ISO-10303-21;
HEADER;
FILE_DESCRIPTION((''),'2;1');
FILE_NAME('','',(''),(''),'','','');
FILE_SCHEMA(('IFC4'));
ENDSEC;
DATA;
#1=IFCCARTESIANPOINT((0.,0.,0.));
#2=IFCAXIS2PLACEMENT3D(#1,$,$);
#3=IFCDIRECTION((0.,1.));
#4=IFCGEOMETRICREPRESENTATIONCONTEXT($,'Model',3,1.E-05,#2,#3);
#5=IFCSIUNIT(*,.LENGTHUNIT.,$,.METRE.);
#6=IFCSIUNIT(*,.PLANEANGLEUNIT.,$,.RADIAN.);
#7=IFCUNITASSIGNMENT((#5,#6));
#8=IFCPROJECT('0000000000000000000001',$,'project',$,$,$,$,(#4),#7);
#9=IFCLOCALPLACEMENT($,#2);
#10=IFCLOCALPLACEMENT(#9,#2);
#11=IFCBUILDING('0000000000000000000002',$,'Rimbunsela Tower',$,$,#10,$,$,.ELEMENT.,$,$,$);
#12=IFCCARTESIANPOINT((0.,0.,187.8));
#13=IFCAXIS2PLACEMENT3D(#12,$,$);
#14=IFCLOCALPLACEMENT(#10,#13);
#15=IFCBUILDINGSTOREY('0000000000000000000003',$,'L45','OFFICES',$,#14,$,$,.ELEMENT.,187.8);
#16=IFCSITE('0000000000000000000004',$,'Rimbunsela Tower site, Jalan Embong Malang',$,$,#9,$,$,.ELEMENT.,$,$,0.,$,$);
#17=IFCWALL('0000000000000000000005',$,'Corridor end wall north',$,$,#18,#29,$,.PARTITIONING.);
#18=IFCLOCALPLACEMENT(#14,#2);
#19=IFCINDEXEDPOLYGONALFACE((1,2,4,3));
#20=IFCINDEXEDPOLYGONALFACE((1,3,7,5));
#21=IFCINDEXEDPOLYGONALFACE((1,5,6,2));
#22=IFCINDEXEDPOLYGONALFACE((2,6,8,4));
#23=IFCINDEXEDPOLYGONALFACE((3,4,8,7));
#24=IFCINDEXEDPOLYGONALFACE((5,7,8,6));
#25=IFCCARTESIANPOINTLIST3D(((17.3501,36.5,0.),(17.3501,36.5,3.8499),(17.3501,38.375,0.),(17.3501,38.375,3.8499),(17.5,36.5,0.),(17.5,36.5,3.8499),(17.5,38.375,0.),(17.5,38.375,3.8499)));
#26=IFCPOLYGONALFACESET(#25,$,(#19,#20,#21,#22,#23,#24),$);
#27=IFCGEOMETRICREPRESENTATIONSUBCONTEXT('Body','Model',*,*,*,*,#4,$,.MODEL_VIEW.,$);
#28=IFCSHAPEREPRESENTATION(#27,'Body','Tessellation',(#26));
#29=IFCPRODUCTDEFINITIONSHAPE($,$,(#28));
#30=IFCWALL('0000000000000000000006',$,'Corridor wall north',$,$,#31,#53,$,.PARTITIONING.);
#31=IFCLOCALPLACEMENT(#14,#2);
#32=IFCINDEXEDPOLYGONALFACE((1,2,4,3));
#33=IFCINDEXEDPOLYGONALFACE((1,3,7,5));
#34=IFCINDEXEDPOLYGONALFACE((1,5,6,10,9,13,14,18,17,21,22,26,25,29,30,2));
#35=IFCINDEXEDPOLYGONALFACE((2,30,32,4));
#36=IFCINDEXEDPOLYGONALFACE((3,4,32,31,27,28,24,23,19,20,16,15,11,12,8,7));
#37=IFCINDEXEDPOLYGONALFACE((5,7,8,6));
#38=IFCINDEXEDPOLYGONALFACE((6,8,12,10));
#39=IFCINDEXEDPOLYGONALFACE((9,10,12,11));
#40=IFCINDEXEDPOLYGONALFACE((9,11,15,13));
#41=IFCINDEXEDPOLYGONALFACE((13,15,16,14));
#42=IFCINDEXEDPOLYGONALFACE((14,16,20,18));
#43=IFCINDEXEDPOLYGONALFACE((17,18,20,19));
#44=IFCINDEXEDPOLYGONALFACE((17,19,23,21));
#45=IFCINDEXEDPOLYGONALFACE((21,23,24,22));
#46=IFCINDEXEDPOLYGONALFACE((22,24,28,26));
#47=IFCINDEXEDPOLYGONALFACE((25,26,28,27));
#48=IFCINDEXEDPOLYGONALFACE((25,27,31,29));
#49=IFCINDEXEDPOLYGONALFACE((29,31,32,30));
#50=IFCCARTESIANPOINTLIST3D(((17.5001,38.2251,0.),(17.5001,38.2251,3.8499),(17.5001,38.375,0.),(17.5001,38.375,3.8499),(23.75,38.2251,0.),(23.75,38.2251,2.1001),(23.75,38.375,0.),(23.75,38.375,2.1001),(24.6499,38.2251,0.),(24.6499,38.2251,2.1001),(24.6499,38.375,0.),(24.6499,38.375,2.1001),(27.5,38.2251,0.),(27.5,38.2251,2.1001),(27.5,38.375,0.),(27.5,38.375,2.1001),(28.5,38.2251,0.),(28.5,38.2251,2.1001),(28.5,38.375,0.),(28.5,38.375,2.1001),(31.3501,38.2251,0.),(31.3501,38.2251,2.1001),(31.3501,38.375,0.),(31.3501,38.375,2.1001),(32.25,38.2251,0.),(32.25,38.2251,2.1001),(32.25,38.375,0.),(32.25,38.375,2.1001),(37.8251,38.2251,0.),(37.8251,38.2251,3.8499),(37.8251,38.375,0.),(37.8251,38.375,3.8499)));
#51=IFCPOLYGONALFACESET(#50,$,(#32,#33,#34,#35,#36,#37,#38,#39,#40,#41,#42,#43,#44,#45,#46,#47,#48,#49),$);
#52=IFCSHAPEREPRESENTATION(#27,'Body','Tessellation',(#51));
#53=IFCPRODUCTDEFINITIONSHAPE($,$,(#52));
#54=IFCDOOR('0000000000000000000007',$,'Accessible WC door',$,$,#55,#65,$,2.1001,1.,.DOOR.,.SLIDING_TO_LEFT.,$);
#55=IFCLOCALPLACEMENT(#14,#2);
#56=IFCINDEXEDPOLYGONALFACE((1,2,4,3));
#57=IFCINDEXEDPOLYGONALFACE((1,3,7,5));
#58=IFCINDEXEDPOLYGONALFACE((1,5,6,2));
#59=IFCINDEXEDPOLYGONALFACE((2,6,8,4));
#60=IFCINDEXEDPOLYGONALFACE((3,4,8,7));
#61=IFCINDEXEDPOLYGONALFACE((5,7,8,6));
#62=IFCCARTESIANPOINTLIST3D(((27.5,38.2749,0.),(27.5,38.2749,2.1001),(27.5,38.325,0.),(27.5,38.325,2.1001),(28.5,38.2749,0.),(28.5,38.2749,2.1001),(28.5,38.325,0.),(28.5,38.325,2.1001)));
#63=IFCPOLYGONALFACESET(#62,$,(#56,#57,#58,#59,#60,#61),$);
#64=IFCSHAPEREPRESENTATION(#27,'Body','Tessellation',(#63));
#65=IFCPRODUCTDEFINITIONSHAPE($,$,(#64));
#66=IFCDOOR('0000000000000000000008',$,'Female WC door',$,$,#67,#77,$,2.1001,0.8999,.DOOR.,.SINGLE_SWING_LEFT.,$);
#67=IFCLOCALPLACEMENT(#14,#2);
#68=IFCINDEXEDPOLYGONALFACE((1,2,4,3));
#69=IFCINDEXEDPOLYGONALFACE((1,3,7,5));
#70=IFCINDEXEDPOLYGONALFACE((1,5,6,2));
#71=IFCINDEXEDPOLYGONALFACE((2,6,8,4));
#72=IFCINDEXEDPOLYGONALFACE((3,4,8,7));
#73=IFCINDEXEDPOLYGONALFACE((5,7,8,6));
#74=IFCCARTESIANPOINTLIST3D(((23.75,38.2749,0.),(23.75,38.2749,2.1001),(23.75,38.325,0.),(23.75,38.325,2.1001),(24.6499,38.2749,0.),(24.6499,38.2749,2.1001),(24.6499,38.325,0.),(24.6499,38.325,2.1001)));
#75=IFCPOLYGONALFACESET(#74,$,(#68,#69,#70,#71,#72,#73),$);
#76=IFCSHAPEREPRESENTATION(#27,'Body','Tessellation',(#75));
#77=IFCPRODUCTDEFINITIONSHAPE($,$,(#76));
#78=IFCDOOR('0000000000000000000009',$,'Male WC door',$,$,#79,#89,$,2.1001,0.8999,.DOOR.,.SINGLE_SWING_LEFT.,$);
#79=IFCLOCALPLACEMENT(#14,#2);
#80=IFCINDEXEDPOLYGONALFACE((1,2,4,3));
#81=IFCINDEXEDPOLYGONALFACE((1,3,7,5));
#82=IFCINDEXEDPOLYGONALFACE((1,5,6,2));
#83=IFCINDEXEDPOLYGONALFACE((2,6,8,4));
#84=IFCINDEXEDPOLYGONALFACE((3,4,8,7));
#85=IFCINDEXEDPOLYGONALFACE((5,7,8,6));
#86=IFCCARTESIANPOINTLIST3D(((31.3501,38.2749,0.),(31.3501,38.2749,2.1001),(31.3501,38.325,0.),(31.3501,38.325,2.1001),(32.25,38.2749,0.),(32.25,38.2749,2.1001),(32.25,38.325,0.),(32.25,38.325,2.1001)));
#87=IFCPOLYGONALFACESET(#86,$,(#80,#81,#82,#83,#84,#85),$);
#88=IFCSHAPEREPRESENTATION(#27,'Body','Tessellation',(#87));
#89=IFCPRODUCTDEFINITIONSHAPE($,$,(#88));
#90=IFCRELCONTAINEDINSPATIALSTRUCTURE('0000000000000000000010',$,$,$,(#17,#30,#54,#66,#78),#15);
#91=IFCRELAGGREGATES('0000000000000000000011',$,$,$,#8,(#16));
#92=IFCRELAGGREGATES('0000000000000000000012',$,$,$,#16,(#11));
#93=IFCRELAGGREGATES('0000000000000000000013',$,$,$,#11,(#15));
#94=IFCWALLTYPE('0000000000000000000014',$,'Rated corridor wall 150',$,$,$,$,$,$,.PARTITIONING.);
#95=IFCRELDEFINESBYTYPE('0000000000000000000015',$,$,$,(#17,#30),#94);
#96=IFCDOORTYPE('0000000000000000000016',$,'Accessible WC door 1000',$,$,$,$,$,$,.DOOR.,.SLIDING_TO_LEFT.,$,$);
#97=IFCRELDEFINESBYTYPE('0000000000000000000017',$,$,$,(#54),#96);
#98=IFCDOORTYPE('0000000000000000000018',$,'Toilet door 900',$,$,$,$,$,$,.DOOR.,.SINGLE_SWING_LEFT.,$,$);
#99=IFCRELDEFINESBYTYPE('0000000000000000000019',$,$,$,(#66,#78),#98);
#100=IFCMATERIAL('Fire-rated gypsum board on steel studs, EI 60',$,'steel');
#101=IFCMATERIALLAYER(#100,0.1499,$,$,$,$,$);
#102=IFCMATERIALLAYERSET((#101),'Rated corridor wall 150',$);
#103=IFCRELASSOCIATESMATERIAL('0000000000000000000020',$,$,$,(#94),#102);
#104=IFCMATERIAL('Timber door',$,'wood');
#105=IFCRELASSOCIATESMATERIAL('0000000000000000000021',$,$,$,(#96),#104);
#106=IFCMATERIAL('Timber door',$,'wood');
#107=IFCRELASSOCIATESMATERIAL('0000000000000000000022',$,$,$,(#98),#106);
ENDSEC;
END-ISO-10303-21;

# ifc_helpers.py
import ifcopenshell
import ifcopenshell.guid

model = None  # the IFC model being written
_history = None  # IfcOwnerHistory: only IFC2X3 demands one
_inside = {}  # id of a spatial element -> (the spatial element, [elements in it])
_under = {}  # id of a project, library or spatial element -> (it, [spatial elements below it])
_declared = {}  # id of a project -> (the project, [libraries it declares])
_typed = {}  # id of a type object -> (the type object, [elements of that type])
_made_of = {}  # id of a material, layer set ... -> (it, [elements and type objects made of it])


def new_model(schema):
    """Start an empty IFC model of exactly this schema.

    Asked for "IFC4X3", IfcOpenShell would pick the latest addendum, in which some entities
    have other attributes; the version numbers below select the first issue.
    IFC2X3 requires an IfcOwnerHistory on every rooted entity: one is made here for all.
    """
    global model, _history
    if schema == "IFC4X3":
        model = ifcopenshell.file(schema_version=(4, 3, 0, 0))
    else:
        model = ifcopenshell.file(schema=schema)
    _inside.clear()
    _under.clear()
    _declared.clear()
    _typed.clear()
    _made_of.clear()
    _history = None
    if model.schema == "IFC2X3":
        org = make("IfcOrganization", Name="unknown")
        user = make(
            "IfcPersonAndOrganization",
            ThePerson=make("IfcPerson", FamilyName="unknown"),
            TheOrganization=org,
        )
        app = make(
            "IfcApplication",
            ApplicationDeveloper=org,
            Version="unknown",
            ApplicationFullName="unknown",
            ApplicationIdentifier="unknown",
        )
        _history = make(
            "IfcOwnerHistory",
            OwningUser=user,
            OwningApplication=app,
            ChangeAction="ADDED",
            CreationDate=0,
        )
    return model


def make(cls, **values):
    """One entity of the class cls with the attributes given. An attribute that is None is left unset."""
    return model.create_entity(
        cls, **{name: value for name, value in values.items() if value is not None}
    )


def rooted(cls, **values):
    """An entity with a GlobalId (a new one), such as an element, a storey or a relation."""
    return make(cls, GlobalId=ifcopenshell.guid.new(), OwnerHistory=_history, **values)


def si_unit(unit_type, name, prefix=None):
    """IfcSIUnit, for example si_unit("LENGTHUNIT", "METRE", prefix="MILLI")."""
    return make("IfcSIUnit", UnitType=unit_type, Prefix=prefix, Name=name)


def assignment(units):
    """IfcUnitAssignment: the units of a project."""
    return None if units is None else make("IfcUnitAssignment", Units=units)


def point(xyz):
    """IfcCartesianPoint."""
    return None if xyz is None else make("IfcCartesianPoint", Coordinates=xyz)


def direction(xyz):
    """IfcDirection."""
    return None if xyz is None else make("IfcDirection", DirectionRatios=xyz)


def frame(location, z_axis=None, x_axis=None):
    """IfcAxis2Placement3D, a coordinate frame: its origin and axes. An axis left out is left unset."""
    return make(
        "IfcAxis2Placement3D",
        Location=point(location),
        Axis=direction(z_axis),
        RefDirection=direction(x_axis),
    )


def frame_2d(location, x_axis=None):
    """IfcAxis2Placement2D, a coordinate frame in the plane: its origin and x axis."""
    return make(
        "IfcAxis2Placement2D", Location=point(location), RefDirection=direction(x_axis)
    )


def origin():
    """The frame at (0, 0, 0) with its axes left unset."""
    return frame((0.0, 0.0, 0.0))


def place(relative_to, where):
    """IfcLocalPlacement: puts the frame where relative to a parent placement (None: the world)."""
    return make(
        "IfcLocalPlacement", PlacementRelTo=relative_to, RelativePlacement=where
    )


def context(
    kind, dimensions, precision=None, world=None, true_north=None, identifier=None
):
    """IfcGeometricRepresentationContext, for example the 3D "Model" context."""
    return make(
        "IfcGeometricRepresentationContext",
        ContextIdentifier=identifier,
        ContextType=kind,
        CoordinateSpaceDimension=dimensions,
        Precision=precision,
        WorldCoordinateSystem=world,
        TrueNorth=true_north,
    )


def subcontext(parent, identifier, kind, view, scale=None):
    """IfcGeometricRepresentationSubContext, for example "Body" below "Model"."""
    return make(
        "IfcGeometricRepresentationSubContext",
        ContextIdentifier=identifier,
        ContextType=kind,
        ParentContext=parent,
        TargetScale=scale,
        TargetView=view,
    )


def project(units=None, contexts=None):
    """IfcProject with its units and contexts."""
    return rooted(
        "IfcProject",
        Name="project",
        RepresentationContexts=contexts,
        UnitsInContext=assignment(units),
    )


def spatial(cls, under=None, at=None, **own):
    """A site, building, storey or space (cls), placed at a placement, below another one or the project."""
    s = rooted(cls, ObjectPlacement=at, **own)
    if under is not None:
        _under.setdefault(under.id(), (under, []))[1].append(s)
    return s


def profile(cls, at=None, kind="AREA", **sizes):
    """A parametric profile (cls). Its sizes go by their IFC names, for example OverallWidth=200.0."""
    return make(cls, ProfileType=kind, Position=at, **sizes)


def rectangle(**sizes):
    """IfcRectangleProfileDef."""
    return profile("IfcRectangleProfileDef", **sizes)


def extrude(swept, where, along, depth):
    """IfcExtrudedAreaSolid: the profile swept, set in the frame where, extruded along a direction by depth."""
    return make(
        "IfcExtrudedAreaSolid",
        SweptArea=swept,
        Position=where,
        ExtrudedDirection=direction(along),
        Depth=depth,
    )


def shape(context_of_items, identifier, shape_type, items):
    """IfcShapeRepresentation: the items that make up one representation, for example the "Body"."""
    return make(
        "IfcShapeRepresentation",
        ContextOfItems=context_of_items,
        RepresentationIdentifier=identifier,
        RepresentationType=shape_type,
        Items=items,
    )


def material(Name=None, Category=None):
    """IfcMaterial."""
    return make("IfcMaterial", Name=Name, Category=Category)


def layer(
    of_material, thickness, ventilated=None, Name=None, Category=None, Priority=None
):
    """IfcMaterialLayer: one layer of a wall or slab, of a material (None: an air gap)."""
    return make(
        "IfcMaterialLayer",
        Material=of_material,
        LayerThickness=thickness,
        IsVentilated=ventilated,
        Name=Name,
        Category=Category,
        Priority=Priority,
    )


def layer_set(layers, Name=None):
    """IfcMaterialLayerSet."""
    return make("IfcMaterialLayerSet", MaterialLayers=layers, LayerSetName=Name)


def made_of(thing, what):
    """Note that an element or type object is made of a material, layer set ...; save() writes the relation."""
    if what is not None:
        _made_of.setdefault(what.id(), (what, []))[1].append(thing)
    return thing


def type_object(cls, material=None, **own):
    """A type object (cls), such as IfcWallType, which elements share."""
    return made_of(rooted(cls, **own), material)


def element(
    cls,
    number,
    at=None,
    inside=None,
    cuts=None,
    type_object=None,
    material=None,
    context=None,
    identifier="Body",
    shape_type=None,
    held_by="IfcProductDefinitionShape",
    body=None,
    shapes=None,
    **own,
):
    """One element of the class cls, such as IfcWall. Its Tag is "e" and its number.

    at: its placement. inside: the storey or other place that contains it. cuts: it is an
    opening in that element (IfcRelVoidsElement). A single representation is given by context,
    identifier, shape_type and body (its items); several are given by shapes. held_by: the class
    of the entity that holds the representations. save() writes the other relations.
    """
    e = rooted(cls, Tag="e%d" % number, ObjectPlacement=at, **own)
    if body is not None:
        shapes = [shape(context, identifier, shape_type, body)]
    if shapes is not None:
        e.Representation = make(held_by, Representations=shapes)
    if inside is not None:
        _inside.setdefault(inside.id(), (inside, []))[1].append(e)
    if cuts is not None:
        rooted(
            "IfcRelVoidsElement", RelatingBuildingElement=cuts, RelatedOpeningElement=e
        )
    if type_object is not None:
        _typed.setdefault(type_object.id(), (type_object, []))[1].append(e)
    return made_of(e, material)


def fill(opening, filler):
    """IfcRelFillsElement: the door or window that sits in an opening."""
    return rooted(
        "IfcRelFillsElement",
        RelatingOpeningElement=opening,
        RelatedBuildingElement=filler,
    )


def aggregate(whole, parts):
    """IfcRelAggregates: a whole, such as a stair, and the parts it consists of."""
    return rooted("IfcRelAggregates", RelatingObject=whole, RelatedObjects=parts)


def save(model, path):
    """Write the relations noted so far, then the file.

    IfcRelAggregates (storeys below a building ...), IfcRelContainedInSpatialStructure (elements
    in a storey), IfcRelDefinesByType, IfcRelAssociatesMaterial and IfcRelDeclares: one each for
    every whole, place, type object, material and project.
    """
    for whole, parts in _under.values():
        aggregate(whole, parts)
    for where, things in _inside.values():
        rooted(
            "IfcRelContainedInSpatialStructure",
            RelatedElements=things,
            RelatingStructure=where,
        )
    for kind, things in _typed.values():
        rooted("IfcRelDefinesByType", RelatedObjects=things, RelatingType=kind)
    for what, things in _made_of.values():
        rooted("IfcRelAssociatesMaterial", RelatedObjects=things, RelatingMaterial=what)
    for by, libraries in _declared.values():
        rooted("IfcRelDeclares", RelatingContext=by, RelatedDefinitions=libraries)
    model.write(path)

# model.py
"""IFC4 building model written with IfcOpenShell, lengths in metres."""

from ifc_helpers import new_model, si_unit, direction, frame, frame_2d, origin, place, context, subcontext, project, spatial, rectangle, extrude, material, layer, layer_set, type_object, element, fill, save


model = new_model("IFC4")

# Units and contexts
model_context = context("Model", 3, precision=1e-05, world=origin(), true_north=direction((0.0, 1.0)))
body_context = subcontext(model_context, "Body", "Model", "MODEL_VIEW")
ifc_project = project(units=[si_unit("LENGTHUNIT", "METRE"), si_unit("PLANEANGLEUNIT", "RADIAN")], contexts=[model_context])

# Site, building, storey
site_placement = place(None, origin())
site = spatial("IfcSite", under=ifc_project, at=site_placement, Name="Rimbunsela Tower site, Jalan Embong Malang", CompositionType="ELEMENT", RefElevation=0.0)
building_placement = place(site_placement, origin())
building = spatial("IfcBuilding", under=site, at=building_placement, Name="Rimbunsela Tower", CompositionType="ELEMENT")
storey_placement = place(building_placement, frame((0.0, 0.0, 187.8)))
storey = spatial("IfcBuildingStorey", under=building, at=storey_placement, Name="L45", Description="OFFICES", CompositionType="ELEMENT", Elevation=187.8)

# Wall
ifc_material_1 = material(Name="Fire-rated gypsum board on steel studs, EI 60", Category="steel")
ifc_layer_1 = layer(ifc_material_1, 0.1499)
ifc_layer_set_1 = layer_set([ifc_layer_1], Name="Rated corridor wall 150")
wall_type_1 = type_object("IfcWallType", Name="Rated corridor wall 150", PredefinedType="PARTITIONING", material=ifc_layer_set_1)
wall_1_placement = place(storey_placement, frame((17.425, 36.5, 0.0), z_axis=(0.0, 0.0, 1.0), x_axis=(0.0, 1.0, 0.0)))
element("IfcWall", 1, at=wall_1_placement, inside=storey, type_object=wall_type_1, Name="Corridor end wall north", PredefinedType="PARTITIONING", context=body_context, shape_type="SweptSolid", body=[
    extrude(rectangle(XDim=1.875, YDim=0.1499, at=frame_2d((0.9375, 0.0))), origin(), (0.0, 0.0, 1.0), 3.8499),
])

# Wall, openings, doors
wall_2_placement = place(storey_placement, frame((17.5, 38.3, 0.0), z_axis=(0.0, 0.0, 1.0), x_axis=(1.0, 0.0, 0.0)))
wall_2 = element("IfcWall", 2, at=wall_2_placement, inside=storey, type_object=wall_type_1, Name="Corridor wall north", PredefinedType="PARTITIONING", context=body_context, shape_type="SweptSolid", body=[
    extrude(rectangle(XDim=20.325, YDim=0.1499, at=frame_2d((10.1626, 0.0))), origin(), (0.0, 0.0, 1.0), 3.8499),
])
opening_1_placement = place(wall_2_placement, frame((6.25, 0.0, 0.0)))
opening_1 = element("IfcOpeningElement", 3, at=opening_1_placement, cuts=wall_2, PredefinedType="OPENING", context=body_context, shape_type="SweptSolid", body=[
    extrude(rectangle(XDim=0.8999, YDim=2.1001, at=frame_2d((0.45, 1.05))), frame((0.0, 0.085, 0.0), z_axis=(0.0, -1.0, 0.0), x_axis=(1.0, 0.0, 0.0)), (0.0, 0.0, 1.0), 0.1699),
])
opening_2_placement = place(wall_2_placement, frame((10.0, 0.0, 0.0)))
opening_2 = element("IfcOpeningElement", 4, at=opening_2_placement, cuts=wall_2, PredefinedType="OPENING", context=body_context, shape_type="SweptSolid", body=[
    extrude(rectangle(XDim=1.0, YDim=2.1001, at=frame_2d((0.5, 1.05))), frame((0.0, 0.085, 0.0), z_axis=(0.0, -1.0, 0.0), x_axis=(1.0, 0.0, 0.0)), (0.0, 0.0, 1.0), 0.1699),
])
opening_3_placement = place(wall_2_placement, frame((13.8501, 0.0, 0.0)))
opening_3 = element("IfcOpeningElement", 5, at=opening_3_placement, cuts=wall_2, PredefinedType="OPENING", context=body_context, shape_type="SweptSolid", body=[
    extrude(rectangle(XDim=0.8999, YDim=2.1001, at=frame_2d((0.45, 1.05))), frame((0.0, 0.085, 0.0), z_axis=(0.0, -1.0, 0.0), x_axis=(1.0, 0.0, 0.0)), (0.0, 0.0, 1.0), 0.1699),
])
ifc_material_2 = material(Name="Timber door", Category="wood")
door_type_1 = type_object("IfcDoorType", Name="Accessible WC door 1000", OperationType="SLIDING_TO_LEFT", PredefinedType="DOOR", material=ifc_material_2)
door_1_placement = place(opening_2_placement, origin())
door_1 = element("IfcDoor", 6, at=door_1_placement, inside=storey, type_object=door_type_1, Name="Accessible WC door", OperationType="SLIDING_TO_LEFT", OverallHeight=2.1001, OverallWidth=1.0, PredefinedType="DOOR", context=body_context, shape_type="SweptSolid", body=[
    extrude(rectangle(XDim=1.0, YDim=2.1001, at=frame_2d((0.5, 1.05))), frame((0.0, 0.0249, 0.0), z_axis=(0.0, -1.0, 0.0), x_axis=(1.0, 0.0, 0.0)), (0.0, 0.0, 1.0), 0.05),
])
fill(opening_2, door_1)
ifc_material_3 = material(Name="Timber door", Category="wood")
door_type_2 = type_object("IfcDoorType", Name="Toilet door 900", OperationType="SINGLE_SWING_LEFT", PredefinedType="DOOR", material=ifc_material_3)
door_2_placement = place(opening_1_placement, origin())
door_2 = element("IfcDoor", 7, at=door_2_placement, inside=storey, type_object=door_type_2, Name="Female WC door", OperationType="SINGLE_SWING_LEFT", OverallHeight=2.1001, OverallWidth=0.8999, PredefinedType="DOOR", context=body_context, shape_type="SweptSolid", body=[
    extrude(rectangle(XDim=0.8999, YDim=2.1001, at=frame_2d((0.45, 1.05))), frame((0.0, 0.0249, 0.0), z_axis=(0.0, -1.0, 0.0), x_axis=(1.0, 0.0, 0.0)), (0.0, 0.0, 1.0), 0.05),
])
fill(opening_1, door_2)
door_3_placement = place(opening_3_placement, origin())
door_3 = element("IfcDoor", 8, at=door_3_placement, inside=storey, type_object=door_type_2, Name="Male WC door", OperationType="SINGLE_SWING_LEFT", OverallHeight=2.1001, OverallWidth=0.8999, PredefinedType="DOOR", context=body_context, shape_type="SweptSolid", body=[
    extrude(rectangle(XDim=0.8999, YDim=2.1001, at=frame_2d((0.45, 1.05))), frame((0.0, 0.0249, 0.0), z_axis=(0.0, -1.0, 0.0), x_axis=(1.0, 0.0, 0.0)), (0.0, 0.0, 1.0), 0.05),
])
fill(opening_3, door_3)

save(model, "model.ifc")
